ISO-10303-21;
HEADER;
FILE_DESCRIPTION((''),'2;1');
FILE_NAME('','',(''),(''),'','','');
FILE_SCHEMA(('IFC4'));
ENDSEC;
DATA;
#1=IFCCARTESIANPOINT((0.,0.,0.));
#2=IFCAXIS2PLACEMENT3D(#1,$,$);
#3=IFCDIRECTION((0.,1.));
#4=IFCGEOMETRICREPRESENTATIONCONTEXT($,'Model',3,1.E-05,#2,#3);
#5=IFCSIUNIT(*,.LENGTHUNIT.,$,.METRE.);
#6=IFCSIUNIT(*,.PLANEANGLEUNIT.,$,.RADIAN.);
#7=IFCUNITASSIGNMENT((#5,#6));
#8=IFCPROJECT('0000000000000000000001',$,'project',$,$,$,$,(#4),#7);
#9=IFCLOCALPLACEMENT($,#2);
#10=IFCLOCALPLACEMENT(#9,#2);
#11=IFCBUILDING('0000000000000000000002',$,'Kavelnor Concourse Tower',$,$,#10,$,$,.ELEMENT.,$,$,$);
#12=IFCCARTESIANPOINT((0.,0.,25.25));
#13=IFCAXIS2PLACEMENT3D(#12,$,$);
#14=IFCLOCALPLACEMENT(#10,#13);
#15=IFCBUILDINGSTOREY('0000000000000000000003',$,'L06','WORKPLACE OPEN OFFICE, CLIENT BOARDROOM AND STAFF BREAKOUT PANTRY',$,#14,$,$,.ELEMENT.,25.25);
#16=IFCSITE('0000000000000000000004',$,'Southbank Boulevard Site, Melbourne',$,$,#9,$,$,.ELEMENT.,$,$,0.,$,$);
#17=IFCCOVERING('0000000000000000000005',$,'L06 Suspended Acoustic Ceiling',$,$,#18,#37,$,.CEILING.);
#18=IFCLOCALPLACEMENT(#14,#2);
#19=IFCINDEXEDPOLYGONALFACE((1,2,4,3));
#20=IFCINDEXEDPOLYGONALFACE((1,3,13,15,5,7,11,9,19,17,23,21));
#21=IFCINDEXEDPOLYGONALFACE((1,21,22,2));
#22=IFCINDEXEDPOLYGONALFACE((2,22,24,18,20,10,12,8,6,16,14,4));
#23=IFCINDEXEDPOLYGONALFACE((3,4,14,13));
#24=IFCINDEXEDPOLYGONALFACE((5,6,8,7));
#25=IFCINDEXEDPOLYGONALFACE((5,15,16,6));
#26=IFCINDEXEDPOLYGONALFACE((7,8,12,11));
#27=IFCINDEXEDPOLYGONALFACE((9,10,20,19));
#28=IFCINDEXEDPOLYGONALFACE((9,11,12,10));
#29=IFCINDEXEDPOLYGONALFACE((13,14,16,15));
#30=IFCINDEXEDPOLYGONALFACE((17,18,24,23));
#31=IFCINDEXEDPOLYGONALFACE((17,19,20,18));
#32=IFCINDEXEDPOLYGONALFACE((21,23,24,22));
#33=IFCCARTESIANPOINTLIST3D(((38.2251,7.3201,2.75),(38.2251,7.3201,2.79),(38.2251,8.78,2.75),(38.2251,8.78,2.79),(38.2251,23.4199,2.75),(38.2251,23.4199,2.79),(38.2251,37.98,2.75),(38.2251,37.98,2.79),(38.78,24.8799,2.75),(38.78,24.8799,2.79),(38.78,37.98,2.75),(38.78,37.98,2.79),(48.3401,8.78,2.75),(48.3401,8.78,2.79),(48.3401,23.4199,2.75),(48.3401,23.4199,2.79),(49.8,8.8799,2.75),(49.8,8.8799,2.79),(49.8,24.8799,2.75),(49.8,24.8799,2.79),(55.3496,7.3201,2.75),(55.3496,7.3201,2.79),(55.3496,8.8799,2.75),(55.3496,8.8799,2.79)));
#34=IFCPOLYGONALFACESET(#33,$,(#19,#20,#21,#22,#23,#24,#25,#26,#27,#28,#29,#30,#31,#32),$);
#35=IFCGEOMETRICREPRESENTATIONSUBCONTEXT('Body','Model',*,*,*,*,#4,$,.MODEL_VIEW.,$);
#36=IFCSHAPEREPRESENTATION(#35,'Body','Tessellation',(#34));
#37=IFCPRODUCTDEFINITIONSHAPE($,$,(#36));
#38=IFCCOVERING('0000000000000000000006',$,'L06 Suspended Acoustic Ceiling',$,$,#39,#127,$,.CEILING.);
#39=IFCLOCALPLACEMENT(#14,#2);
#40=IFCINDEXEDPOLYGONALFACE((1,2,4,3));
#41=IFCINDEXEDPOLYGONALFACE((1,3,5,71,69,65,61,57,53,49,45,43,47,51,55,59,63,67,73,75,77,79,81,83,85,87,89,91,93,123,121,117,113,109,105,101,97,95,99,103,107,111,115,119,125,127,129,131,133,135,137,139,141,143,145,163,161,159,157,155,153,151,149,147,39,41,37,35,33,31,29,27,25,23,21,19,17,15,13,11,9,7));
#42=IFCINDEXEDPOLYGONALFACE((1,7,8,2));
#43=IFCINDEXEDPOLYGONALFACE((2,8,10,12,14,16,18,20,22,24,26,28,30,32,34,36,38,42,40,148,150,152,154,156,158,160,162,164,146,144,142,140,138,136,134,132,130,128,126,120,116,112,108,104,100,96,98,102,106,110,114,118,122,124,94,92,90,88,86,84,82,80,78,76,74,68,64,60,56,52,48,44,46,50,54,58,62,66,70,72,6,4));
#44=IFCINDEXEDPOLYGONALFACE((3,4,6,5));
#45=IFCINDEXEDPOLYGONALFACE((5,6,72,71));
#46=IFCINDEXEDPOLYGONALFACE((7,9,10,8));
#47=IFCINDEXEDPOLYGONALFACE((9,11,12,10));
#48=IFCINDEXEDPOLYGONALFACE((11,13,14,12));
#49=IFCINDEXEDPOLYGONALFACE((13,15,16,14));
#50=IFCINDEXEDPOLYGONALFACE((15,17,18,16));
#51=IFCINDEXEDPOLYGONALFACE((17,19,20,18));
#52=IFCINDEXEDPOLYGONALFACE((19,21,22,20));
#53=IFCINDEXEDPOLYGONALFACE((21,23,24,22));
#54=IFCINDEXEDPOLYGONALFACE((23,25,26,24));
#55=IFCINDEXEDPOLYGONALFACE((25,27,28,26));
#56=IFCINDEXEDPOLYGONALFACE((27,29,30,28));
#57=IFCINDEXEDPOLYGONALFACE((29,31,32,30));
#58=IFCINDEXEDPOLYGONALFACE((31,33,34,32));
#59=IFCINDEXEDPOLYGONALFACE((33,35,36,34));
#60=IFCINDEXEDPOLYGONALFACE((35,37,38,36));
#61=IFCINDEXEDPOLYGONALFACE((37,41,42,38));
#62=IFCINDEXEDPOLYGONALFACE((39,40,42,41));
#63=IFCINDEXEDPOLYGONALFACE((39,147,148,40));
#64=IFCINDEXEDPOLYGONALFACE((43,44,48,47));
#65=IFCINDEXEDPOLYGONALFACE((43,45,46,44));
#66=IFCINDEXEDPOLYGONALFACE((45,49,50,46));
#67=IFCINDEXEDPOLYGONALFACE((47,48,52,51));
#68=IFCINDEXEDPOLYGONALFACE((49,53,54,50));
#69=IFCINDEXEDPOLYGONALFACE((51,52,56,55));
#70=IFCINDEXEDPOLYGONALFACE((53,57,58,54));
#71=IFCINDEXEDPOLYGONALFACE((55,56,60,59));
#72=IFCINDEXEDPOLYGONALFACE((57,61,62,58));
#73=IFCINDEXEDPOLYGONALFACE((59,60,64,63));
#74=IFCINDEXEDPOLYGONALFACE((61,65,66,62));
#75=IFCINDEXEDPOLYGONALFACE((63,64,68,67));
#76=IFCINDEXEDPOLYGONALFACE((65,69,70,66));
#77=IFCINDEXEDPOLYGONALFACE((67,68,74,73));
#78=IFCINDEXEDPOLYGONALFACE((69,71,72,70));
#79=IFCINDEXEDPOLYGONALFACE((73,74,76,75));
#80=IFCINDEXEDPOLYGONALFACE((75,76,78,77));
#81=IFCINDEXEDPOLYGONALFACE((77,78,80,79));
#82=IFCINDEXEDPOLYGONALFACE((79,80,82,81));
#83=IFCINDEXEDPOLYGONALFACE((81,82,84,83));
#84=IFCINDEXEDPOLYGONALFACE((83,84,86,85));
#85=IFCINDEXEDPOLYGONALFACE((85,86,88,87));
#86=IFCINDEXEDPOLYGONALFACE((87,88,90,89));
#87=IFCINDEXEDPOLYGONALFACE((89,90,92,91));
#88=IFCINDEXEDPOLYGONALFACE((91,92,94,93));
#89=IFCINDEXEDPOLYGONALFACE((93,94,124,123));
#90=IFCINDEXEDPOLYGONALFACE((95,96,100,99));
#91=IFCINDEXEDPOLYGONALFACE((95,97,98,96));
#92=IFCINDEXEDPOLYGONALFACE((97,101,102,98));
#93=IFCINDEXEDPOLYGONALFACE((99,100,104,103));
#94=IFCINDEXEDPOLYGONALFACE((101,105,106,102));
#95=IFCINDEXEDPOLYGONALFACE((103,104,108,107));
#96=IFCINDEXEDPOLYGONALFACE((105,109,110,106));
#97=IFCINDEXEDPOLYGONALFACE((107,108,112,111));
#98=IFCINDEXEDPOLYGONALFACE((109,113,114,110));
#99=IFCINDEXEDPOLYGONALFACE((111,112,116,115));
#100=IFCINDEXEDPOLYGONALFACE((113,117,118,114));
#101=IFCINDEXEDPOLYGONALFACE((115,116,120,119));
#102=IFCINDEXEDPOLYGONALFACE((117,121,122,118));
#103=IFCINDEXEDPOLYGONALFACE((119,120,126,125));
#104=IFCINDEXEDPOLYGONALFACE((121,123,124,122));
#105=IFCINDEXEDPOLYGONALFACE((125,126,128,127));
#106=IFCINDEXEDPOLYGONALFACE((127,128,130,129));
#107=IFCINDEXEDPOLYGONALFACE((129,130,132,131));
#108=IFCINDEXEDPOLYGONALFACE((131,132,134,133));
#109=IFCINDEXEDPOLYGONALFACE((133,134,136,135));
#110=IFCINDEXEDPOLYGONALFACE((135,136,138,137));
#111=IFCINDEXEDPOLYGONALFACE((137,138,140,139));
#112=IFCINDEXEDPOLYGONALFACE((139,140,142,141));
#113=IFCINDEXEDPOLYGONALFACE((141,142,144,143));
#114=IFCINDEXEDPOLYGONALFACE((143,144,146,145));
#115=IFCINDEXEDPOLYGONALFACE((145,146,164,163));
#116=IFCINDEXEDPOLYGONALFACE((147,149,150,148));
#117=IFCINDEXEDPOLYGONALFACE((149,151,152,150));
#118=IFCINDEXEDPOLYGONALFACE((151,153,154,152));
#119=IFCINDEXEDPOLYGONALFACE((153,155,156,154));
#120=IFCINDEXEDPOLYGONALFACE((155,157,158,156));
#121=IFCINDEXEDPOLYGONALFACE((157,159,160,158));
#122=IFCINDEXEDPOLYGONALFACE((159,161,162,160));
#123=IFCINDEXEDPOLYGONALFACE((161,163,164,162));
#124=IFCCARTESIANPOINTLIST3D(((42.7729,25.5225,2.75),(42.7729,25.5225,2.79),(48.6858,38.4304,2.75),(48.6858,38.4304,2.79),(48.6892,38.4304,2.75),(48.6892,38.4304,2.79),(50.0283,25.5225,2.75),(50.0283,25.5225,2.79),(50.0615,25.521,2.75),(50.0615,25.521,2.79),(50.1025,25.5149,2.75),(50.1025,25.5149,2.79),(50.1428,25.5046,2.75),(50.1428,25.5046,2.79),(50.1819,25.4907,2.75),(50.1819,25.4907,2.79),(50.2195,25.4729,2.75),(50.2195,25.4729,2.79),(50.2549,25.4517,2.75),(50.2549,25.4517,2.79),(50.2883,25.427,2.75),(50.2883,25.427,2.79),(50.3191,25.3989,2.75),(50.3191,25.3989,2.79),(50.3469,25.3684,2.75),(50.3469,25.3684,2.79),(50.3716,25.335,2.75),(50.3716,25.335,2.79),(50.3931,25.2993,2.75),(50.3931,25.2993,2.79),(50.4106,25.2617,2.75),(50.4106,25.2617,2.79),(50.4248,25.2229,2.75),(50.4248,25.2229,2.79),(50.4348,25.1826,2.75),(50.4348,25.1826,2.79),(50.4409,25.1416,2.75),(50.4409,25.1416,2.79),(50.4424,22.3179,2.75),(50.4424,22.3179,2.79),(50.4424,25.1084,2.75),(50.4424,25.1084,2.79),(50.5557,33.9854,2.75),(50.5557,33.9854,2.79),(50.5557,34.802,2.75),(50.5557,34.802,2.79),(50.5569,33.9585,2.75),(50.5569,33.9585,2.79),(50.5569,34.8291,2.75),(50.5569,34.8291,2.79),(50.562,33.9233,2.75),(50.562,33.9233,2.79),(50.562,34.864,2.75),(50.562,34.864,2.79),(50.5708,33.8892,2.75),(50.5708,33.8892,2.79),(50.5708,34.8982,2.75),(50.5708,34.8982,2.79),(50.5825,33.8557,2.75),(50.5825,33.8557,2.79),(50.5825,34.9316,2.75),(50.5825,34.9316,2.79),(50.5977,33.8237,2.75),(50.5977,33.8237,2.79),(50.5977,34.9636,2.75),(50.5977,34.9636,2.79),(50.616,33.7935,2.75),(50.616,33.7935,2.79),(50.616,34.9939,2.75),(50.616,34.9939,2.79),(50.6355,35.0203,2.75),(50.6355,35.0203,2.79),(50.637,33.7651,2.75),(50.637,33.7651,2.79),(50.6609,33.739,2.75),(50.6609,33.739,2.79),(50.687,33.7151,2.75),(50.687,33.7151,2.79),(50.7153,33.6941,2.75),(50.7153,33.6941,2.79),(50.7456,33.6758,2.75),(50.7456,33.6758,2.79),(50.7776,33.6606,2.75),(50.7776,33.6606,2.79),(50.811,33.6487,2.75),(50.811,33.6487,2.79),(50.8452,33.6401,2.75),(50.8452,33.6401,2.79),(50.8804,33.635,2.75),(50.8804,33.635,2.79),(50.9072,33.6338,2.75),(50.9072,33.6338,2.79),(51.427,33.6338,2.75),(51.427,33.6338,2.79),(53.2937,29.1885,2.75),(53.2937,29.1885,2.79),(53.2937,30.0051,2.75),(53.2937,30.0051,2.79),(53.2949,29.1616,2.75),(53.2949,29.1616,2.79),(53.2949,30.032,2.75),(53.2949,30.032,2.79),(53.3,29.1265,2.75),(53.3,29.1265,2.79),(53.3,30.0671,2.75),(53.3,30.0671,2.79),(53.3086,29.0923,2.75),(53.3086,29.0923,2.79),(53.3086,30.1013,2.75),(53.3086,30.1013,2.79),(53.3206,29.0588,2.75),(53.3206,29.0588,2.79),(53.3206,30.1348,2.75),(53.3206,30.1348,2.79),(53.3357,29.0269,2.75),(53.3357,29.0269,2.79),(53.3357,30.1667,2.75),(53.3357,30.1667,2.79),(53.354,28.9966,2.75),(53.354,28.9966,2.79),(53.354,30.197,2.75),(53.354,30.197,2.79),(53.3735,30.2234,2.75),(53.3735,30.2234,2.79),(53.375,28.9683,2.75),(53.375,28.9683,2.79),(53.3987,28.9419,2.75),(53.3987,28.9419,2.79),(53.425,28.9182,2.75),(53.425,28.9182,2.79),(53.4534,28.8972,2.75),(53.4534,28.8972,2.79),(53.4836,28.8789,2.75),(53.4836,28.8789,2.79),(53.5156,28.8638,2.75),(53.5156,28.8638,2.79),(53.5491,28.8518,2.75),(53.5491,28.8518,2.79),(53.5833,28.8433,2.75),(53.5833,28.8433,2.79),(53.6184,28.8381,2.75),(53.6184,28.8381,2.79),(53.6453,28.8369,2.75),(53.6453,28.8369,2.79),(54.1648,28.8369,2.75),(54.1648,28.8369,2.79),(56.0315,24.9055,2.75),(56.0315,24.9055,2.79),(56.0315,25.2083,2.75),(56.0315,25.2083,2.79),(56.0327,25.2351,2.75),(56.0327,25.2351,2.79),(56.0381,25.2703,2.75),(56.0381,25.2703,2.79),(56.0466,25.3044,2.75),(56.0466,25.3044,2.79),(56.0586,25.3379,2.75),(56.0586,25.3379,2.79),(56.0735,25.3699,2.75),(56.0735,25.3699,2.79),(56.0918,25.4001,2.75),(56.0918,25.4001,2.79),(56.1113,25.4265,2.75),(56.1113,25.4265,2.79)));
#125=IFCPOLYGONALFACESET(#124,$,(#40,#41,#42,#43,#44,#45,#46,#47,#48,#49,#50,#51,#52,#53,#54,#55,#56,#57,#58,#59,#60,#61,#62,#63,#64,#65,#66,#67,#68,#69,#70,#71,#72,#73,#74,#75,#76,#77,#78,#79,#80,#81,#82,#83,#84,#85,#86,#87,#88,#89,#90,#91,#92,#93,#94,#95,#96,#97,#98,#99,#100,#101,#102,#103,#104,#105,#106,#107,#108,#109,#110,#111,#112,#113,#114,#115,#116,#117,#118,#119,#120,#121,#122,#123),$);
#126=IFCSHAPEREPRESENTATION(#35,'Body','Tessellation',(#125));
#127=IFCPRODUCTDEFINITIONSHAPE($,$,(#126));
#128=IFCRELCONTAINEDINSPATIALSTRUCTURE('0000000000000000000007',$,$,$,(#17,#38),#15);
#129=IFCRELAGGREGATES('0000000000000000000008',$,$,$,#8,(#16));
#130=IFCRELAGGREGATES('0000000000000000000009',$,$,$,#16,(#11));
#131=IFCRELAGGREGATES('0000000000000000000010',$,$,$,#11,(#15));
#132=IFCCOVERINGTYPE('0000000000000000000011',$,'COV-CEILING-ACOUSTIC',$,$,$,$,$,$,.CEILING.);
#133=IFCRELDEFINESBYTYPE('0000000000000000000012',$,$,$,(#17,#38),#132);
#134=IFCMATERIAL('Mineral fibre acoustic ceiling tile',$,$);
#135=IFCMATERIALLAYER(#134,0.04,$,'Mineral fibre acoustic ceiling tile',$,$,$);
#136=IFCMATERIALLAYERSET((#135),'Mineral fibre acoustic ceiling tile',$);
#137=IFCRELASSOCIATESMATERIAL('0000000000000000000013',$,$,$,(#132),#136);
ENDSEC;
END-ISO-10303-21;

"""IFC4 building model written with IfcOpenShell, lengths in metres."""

from ifc_helpers import new_model, si_unit, direction, frame, origin, place, context, subcontext, project, spatial, polyline, outline, extrude, material, layer, layer_set, type_object, element, save


model = new_model("IFC4")

# Units and contexts
model_context = context("Model", 3, precision=1e-05, world=origin(), true_north=direction((0.0, 1.0)))
body_context = subcontext(model_context, "Body", "Model", "MODEL_VIEW")
ifc_project = project(units=[si_unit("LENGTHUNIT", "METRE"), si_unit("PLANEANGLEUNIT", "RADIAN")], contexts=[model_context])

# Site, building, storey
site_placement = place(None, origin())
site = spatial("IfcSite", under=ifc_project, at=site_placement, Name="Southbank Boulevard Site, Melbourne", CompositionType="ELEMENT", RefElevation=0.0)
building_placement = place(site_placement, origin())
building = spatial("IfcBuilding", under=site, at=building_placement, Name="Kavelnor Concourse Tower", CompositionType="ELEMENT")
storey_placement = place(building_placement, frame((0.0, 0.0, 25.25)))
storey = spatial("IfcBuildingStorey", under=building, at=storey_placement, Name="L06", Description="WORKPLACE OPEN OFFICE, CLIENT BOARDROOM AND STAFF BREAKOUT PANTRY", CompositionType="ELEMENT", Elevation=25.25)

# Coverings
ifc_material_1 = material(Name="Mineral fibre acoustic ceiling tile")
ifc_layer_1 = layer(ifc_material_1, 0.04, Name="Mineral fibre acoustic ceiling tile")
ifc_layer_set_1 = layer_set([ifc_layer_1], Name="Mineral fibre acoustic ceiling tile")
covering_type_1 = type_object("IfcCoveringType", Name="COV-CEILING-ACOUSTIC", PredefinedType="CEILING", material=ifc_layer_set_1)
covering_1_placement = place(storey_placement, frame((0.0, 0.0, 2.75)))
element("IfcCovering", 1, at=covering_1_placement, inside=storey, type_object=covering_type_1, Name="L06 Suspended Acoustic Ceiling", PredefinedType="CEILING", context=body_context, shape_type="SweptSolid", body=[
    extrude(outline(polyline([(38.78, 37.98), (38.78, 24.8799), (49.8, 24.8799), (49.8, 8.8799), (55.3496, 8.8799), (55.3496, 7.3201), (38.2251, 7.3201), (38.2251, 8.78), (48.3401, 8.78), (48.3401, 23.4199), (38.2251, 23.4199), (38.2251, 37.98), (38.78, 37.98)])), origin(), (0.0, 0.0, 1.0), 0.04),
])
covering_2_placement = place(storey_placement, frame((0.0, 0.0, 2.75)))
element("IfcCovering", 2, at=covering_2_placement, inside=storey, type_object=covering_type_1, Name="L06 Suspended Acoustic Ceiling", PredefinedType="CEILING", context=body_context, shape_type="SweptSolid", body=[
    extrude(outline(polyline([(50.4409, 25.1416), (50.4348, 25.1826), (50.4248, 25.2229), (50.4106, 25.2617), (50.3931, 25.2993), (50.3716, 25.335), (50.3469, 25.3684), (50.3191, 25.3989), (50.2883, 25.427), (50.2549, 25.4517), (50.2195, 25.4729), (50.1819, 25.4907), (50.1428, 25.5046), (50.1025, 25.5149), (50.0615, 25.521), (50.0283, 25.5225), (42.7729, 25.5225), (48.6858, 38.4304), (48.6892, 38.4304), (50.6355, 35.0203), (50.616, 34.9939), (50.5977, 34.9636), (50.5825, 34.9316), (50.5708, 34.8982), (50.562, 34.864), (50.5569, 34.8291), (50.5557, 34.802), (50.5557, 33.9854), (50.5569, 33.9585), (50.562, 33.9233), (50.5708, 33.8892), (50.5825, 33.8557), (50.5977, 33.8237), (50.616, 33.7935), (50.637, 33.7651), (50.6609, 33.739), (50.687, 33.7151), (50.7153, 33.6941), (50.7456, 33.6758), (50.7776, 33.6606), (50.811, 33.6487), (50.8452, 33.6401), (50.8804, 33.635), (50.9072, 33.6338), (51.427, 33.6338), (53.3735, 30.2234), (53.354, 30.197), (53.3357, 30.1667), (53.3206, 30.1348), (53.3086, 30.1013), (53.3, 30.0671), (53.2949, 30.032), (53.2937, 30.0051), (53.2937, 29.1885), (53.2949, 29.1616), (53.3, 29.1265), (53.3086, 29.0923), (53.3206, 29.0588), (53.3357, 29.0269), (53.354, 28.9966), (53.375, 28.9683), (53.3987, 28.9419), (53.425, 28.9182), (53.4534, 28.8972), (53.4836, 28.8789), (53.5156, 28.8638), (53.5491, 28.8518), (53.5833, 28.8433), (53.6184, 28.8381), (53.6453, 28.8369), (54.1648, 28.8369), (56.1113, 25.4265), (56.0918, 25.4001), (56.0735, 25.3699), (56.0586, 25.3379), (56.0466, 25.3044), (56.0381, 25.2703), (56.0327, 25.2351), (56.0315, 25.2083), (56.0315, 24.9055), (50.4424, 22.3179), (50.4424, 25.1084), (50.4409, 25.1416)])), origin(), (0.0, 0.0, 1.0), 0.04),
])

save(model, "model.ifc")
